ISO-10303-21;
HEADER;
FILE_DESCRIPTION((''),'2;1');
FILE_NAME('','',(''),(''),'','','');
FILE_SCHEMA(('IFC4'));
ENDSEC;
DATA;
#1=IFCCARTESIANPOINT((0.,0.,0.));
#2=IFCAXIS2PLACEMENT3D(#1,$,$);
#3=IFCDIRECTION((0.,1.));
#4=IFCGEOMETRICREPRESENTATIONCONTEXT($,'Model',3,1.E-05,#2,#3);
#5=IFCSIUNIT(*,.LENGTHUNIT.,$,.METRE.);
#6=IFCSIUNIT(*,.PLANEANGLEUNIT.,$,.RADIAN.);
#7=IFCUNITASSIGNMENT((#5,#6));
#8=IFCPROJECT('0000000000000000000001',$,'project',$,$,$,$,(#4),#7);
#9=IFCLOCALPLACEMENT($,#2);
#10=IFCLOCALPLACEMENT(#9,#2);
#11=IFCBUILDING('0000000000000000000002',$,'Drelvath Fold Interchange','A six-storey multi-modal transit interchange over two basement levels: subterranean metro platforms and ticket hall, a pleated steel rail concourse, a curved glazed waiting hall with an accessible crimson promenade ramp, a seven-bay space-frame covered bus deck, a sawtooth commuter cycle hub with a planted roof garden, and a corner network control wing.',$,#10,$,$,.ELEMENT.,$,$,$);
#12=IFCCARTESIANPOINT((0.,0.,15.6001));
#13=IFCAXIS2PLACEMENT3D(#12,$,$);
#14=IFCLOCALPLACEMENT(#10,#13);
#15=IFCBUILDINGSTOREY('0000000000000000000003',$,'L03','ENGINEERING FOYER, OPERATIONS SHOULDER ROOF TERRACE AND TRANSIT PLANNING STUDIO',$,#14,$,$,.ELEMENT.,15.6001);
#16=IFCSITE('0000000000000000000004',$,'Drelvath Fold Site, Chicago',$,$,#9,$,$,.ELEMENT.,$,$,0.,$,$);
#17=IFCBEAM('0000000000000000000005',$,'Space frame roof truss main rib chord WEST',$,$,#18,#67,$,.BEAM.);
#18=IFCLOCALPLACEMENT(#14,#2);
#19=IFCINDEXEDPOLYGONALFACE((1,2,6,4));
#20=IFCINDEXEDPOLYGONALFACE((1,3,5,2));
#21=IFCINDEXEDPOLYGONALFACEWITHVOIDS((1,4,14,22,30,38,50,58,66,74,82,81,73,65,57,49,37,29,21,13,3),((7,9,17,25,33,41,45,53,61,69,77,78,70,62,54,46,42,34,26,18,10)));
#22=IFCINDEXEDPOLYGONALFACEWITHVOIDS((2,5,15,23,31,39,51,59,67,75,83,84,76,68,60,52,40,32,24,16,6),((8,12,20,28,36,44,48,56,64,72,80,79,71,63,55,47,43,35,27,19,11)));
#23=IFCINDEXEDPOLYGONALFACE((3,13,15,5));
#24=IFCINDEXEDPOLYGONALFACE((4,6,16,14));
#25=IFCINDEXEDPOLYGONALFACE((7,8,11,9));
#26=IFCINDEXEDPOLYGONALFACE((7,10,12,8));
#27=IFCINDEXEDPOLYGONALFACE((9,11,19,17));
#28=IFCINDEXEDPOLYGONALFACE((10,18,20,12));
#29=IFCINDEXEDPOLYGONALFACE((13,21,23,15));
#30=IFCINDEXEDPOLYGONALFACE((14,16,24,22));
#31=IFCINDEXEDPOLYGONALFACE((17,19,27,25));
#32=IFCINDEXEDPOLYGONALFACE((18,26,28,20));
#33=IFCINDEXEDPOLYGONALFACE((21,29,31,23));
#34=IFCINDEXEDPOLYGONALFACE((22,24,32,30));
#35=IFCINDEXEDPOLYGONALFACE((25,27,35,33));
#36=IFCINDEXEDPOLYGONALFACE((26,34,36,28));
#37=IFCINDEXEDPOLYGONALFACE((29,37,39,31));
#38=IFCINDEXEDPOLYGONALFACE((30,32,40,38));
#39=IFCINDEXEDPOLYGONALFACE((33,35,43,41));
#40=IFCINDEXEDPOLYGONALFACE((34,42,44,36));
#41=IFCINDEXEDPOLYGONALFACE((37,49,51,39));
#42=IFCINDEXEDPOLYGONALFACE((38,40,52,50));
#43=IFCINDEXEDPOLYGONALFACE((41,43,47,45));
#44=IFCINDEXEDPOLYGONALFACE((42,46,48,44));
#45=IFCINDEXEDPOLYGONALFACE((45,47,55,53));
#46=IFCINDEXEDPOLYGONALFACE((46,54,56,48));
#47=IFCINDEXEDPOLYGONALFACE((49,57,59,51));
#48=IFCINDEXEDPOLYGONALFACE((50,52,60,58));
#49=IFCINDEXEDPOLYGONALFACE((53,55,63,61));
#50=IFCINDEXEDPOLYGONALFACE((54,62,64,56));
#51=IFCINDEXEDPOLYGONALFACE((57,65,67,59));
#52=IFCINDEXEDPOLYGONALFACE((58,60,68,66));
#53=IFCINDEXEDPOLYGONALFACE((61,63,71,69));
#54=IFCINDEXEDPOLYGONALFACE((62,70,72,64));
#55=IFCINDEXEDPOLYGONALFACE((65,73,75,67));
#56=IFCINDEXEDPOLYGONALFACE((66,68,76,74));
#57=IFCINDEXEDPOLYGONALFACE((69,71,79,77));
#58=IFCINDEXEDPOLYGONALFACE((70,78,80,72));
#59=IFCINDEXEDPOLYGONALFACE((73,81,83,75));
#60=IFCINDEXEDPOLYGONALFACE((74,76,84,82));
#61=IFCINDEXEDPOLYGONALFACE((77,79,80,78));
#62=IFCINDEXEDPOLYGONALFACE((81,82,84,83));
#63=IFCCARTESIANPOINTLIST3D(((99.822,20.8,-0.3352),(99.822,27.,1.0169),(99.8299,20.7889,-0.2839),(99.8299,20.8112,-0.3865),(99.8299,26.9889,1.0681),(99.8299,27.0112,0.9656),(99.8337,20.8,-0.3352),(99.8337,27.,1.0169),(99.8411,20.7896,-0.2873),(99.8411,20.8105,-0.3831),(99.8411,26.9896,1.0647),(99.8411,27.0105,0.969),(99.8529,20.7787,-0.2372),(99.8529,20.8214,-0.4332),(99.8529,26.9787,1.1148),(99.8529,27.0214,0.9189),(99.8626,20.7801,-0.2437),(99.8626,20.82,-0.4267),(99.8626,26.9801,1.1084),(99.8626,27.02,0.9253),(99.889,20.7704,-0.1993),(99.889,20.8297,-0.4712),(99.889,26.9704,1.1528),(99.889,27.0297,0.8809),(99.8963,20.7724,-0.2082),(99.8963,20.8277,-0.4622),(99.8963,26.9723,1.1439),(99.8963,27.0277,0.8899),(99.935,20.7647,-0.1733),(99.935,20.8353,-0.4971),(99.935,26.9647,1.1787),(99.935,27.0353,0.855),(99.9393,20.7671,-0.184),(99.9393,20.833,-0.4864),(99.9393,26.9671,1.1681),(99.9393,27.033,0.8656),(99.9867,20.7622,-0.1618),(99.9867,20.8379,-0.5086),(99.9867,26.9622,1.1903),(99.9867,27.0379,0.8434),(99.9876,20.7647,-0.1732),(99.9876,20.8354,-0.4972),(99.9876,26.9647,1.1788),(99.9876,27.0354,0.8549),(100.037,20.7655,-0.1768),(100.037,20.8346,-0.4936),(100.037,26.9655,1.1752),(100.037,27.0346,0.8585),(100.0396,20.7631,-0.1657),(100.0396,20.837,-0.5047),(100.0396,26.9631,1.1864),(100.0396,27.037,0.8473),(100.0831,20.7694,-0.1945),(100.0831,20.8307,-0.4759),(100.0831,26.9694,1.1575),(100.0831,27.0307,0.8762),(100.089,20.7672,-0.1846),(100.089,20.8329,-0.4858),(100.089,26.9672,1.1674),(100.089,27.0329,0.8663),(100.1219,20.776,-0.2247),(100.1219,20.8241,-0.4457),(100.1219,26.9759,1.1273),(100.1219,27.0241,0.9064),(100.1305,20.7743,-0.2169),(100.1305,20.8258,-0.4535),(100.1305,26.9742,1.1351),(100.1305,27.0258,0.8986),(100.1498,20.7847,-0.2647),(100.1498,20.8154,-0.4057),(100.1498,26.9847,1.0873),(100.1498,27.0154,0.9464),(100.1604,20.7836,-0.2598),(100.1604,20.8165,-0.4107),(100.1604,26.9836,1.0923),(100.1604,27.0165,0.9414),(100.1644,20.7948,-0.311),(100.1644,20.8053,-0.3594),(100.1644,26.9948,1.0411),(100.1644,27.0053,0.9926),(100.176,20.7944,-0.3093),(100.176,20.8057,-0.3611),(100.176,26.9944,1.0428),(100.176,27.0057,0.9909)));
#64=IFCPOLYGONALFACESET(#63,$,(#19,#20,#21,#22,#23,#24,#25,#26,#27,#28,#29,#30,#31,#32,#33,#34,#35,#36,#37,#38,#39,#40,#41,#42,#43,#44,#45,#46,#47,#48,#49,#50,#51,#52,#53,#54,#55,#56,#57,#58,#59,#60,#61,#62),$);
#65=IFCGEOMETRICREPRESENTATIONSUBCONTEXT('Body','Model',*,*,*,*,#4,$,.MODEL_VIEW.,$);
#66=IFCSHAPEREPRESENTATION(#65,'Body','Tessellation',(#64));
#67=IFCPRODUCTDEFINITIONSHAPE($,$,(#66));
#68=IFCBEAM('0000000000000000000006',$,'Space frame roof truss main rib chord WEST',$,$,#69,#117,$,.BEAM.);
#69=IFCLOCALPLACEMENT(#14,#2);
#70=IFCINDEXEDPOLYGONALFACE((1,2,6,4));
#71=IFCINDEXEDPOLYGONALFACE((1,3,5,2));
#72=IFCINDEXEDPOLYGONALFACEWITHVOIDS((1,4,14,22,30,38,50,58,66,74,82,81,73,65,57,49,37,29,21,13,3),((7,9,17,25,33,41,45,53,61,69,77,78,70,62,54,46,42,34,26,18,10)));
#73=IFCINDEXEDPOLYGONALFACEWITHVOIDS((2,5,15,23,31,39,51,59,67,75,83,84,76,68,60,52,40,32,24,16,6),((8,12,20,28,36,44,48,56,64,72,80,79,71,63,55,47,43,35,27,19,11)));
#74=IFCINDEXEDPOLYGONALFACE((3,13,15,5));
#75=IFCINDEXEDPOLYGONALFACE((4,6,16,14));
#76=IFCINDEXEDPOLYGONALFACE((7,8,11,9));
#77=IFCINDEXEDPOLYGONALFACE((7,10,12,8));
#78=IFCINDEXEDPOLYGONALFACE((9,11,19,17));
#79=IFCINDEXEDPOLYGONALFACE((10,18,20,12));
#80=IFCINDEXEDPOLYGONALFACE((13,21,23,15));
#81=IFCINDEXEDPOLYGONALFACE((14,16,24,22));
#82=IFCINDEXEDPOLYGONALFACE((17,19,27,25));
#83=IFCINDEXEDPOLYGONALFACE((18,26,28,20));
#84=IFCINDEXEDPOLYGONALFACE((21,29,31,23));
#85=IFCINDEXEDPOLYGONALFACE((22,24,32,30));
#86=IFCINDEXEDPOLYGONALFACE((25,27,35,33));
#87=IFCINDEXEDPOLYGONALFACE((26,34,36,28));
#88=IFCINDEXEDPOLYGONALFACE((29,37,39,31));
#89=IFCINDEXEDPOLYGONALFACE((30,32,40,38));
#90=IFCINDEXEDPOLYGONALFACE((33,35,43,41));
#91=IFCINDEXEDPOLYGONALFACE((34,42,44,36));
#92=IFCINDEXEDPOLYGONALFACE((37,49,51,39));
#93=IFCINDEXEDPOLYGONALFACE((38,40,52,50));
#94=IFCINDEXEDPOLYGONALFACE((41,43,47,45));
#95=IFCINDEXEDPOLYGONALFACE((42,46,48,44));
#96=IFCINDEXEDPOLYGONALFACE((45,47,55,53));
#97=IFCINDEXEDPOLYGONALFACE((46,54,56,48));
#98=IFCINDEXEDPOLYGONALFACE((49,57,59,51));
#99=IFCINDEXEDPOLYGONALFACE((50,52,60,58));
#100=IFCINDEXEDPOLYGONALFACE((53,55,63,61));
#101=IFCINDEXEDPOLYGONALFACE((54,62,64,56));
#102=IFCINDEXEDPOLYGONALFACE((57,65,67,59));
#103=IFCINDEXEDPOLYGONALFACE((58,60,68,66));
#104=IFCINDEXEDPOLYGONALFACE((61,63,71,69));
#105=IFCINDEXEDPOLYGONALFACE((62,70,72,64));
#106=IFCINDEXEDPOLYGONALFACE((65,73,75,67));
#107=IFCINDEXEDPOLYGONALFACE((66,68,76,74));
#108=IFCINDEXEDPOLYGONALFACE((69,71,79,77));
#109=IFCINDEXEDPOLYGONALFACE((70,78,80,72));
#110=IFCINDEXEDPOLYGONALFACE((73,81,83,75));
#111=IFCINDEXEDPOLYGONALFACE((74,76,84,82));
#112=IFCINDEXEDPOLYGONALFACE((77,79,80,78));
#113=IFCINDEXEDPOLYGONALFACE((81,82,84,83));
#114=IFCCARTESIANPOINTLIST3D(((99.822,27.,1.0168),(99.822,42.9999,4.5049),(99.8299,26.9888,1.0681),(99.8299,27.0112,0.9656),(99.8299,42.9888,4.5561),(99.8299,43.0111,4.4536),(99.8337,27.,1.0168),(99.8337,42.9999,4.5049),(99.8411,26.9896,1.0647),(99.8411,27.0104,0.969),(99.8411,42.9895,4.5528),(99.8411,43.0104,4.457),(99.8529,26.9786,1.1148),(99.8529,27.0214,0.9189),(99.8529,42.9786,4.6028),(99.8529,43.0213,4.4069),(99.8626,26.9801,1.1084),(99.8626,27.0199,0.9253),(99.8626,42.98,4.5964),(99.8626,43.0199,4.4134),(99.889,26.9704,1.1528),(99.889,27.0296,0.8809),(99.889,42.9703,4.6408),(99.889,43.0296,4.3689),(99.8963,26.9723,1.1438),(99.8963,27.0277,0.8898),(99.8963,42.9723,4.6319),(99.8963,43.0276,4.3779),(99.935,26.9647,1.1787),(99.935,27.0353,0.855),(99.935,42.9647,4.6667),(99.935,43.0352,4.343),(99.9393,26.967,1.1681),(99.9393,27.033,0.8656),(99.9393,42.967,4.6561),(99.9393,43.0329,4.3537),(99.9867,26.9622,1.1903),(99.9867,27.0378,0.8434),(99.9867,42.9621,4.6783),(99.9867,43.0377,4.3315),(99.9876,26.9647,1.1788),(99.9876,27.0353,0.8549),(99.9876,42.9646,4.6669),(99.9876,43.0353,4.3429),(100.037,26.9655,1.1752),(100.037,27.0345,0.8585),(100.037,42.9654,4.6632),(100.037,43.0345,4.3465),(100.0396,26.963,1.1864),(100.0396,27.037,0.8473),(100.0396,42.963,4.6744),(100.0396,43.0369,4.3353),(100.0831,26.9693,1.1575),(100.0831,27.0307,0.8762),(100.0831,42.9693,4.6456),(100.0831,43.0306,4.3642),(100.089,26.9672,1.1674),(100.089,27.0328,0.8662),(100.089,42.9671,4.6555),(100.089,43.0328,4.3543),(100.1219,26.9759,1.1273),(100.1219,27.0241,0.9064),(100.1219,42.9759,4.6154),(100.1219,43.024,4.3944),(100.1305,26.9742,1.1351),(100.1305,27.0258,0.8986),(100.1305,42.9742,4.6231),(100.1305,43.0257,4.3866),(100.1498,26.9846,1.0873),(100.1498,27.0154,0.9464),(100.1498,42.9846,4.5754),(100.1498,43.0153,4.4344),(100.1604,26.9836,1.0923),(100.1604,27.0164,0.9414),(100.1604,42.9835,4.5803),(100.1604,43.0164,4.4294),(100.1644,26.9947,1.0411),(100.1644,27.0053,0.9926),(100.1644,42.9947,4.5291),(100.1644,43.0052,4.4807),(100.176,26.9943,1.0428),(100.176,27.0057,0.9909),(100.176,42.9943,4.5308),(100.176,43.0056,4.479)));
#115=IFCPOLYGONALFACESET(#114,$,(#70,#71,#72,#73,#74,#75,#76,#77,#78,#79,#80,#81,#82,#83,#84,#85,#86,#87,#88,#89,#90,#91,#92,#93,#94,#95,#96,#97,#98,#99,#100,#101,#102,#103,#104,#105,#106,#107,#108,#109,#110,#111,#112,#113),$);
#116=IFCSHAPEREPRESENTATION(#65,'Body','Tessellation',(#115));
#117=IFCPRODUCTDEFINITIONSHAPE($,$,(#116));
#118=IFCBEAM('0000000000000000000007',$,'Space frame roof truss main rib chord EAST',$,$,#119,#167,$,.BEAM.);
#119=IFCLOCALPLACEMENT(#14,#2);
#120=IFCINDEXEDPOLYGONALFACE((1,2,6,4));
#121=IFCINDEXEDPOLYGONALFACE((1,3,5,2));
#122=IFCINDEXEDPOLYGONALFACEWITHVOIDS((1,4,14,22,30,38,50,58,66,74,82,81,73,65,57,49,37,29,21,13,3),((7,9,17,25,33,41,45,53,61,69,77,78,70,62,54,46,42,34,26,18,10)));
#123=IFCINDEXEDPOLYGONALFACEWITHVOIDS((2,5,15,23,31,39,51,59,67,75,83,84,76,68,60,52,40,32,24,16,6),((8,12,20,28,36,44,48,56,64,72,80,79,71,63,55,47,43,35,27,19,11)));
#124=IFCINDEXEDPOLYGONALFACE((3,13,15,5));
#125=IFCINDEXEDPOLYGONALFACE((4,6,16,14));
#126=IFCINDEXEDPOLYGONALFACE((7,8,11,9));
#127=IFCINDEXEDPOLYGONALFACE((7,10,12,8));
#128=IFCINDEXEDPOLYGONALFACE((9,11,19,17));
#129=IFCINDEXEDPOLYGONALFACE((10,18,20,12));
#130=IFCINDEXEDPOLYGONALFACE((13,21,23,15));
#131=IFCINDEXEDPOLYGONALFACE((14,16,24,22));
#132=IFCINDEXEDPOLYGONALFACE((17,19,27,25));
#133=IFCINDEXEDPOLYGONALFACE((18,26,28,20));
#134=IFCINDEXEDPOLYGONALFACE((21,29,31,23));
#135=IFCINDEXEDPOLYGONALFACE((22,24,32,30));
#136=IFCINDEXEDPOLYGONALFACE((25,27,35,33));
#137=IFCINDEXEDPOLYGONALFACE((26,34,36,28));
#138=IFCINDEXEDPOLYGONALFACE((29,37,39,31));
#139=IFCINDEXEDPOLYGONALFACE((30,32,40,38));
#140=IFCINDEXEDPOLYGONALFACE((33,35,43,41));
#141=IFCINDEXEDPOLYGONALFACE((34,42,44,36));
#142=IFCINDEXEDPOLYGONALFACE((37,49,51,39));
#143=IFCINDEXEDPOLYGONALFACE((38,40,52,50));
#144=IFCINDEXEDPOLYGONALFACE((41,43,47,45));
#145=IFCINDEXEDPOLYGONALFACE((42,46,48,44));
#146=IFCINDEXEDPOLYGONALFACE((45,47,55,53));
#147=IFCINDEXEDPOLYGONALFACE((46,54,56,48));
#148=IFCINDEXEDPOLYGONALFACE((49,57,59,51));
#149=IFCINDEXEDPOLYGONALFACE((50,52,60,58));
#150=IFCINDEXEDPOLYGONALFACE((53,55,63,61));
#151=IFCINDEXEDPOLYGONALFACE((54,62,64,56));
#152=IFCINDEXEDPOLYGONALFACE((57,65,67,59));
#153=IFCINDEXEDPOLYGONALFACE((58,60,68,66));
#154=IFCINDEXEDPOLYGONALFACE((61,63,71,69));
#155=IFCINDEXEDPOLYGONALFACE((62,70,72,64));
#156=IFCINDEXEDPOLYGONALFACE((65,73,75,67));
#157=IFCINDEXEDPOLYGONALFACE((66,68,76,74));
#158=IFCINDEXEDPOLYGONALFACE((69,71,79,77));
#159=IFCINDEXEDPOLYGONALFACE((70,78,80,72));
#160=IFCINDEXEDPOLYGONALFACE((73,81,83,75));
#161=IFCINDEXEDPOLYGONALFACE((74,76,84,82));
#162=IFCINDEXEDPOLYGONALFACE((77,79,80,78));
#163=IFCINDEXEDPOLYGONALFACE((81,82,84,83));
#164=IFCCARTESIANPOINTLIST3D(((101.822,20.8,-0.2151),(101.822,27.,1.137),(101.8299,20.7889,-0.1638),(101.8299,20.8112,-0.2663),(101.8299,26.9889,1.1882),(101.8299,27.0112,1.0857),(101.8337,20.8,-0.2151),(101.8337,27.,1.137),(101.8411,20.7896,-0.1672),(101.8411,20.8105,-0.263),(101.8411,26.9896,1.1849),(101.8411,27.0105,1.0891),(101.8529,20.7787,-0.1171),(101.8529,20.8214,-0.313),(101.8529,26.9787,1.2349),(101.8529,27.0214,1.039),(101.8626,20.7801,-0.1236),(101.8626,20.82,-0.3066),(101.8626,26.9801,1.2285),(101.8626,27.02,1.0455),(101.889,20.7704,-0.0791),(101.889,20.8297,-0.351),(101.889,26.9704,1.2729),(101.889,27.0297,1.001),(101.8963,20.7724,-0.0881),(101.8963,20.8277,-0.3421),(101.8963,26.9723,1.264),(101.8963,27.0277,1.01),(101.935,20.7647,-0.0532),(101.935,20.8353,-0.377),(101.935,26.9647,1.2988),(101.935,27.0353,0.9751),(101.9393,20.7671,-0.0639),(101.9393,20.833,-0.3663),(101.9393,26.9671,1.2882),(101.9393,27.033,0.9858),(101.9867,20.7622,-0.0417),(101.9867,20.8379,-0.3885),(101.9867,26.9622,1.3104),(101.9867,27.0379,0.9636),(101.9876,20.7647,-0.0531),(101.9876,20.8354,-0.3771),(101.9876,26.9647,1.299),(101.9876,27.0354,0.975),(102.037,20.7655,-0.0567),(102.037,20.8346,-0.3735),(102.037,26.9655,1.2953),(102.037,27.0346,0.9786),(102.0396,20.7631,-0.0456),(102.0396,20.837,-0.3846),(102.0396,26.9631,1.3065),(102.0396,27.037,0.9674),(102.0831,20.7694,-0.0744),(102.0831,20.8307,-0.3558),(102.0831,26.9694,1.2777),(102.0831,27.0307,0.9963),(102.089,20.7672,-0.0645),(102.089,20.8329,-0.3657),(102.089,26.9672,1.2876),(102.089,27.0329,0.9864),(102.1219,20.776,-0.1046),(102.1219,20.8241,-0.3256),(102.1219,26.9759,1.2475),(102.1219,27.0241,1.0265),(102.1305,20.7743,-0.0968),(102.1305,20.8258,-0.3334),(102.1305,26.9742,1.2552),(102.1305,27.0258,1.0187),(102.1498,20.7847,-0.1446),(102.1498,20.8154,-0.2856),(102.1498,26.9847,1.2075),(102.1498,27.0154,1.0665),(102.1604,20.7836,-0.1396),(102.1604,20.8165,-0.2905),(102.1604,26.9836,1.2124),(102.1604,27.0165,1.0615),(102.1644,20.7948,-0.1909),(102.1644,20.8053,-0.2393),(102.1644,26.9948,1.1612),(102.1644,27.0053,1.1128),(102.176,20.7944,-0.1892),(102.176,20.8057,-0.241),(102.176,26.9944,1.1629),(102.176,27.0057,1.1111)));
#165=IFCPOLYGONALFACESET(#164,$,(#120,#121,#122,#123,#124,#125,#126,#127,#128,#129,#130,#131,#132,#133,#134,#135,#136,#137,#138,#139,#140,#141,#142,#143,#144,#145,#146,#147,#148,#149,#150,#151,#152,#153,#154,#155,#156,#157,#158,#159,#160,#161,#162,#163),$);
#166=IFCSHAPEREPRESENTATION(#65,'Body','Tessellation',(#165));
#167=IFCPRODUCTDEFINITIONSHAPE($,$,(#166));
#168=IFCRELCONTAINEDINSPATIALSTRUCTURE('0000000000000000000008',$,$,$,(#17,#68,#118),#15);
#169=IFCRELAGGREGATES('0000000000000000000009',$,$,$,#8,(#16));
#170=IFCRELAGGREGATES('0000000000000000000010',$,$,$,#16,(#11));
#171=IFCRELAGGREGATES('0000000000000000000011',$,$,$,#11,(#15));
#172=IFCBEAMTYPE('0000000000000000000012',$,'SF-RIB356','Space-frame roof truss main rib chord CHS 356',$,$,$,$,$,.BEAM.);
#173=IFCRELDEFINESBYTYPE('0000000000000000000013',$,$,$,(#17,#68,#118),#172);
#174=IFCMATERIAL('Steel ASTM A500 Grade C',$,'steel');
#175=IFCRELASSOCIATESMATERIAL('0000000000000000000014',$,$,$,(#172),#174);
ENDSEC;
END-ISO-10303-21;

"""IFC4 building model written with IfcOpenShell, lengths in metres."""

from ifc_helpers import new_model, si_unit, direction, frame, origin, origin_2d, place, context, subcontext, project, spatial, hollow_circle, extrude, material, material_profile, profile_set, type_object, element, save


model = new_model("IFC4")

# Units and contexts
model_context = context("Model", 3, precision=1e-05, world=origin(), true_north=direction((0.0, 1.0)))
body_context = subcontext(model_context, "Body", "Model", "MODEL_VIEW")
ifc_project = project(units=[si_unit("LENGTHUNIT", "METRE"), si_unit("PLANEANGLEUNIT", "RADIAN")], contexts=[model_context])

# Site, building, storey
site_placement = place(None, origin())
site = spatial("IfcSite", under=ifc_project, at=site_placement, Name="Drelvath Fold Site, Chicago", CompositionType="ELEMENT", RefElevation=0.0)
building_placement = place(site_placement, origin())
building = spatial("IfcBuilding", under=site, at=building_placement, Name="Drelvath Fold Interchange", Description="A six-storey multi-modal transit interchange over two basement levels: subterranean metro platforms and ticket hall, a pleated steel rail concourse, a curved glazed waiting hall with an accessible crimson promenade ramp, a seven-bay space-frame covered bus deck, a sawtooth commuter cycle hub with a planted roof garden, and a corner network control wing.", CompositionType="ELEMENT")
storey_placement = place(building_placement, frame((0.0, 0.0, 15.6001)))
storey = spatial("IfcBuildingStorey", under=building, at=storey_placement, Name="L03", Description="ENGINEERING FOYER, OPERATIONS SHOULDER ROOF TERRACE AND TRANSIT PLANNING STUDIO", CompositionType="ELEMENT", Elevation=15.6001)

# Shared definitions
ifc_material_1 = material(Name="Steel ASTM A500 Grade C", Category="steel")

# Beams
ifc_material_profile_1 = material_profile(ifc_material_1, hollow_circle(Radius=0.178, WallThickness=0.0117, at=origin_2d()), Name="HSS14.000X0.500")
ifc_profile_set_1 = profile_set([ifc_material_profile_1], Name="Steel ASTM A500 Grade C")
beam_type_1 = type_object("IfcBeamType", Name="SF-RIB356", Description="Space-frame roof truss main rib chord CHS 356", PredefinedType="BEAM", material=ifc_profile_set_1)
beam_1_placement = place(storey_placement, frame((100.0, 20.8, -0.3352), z_axis=(0.0, 0.977038, 0.213067), x_axis=(-1.0, 0.0, 0.0)))
element("IfcBeam", 1, at=beam_1_placement, inside=storey, type_object=beam_type_1, Name="Space frame roof truss main rib chord WEST", PredefinedType="BEAM", context=body_context, shape_type="SweptSolid", body=[
    extrude(hollow_circle(Radius=0.178, WallThickness=0.0117, at=origin_2d()), origin(), (0.0, 0.0, 1.0), 6.3457),
])
beam_2_placement = place(storey_placement, frame((100.0, 27.0, 1.0168), z_axis=(0.0, 0.977052, 0.213), x_axis=(-1.0, 0.0, 0.0)))
element("IfcBeam", 2, at=beam_2_placement, inside=storey, type_object=beam_type_1, Name="Space frame roof truss main rib chord WEST", PredefinedType="BEAM", context=body_context, shape_type="SweptSolid", body=[
    extrude(hollow_circle(Radius=0.178, WallThickness=0.0117, at=origin_2d()), origin(), (0.0, 0.0, 1.0), 16.3757),
])
beam_3_placement = place(storey_placement, frame((102.0, 20.8, -0.2151), z_axis=(0.0, 0.977038, 0.213067), x_axis=(-1.0, 0.0, 0.0)))
element("IfcBeam", 3, at=beam_3_placement, inside=storey, type_object=beam_type_1, Name="Space frame roof truss main rib chord EAST", PredefinedType="BEAM", context=body_context, shape_type="SweptSolid", body=[
    extrude(hollow_circle(Radius=0.178, WallThickness=0.0117, at=origin_2d()), origin(), (0.0, 0.0, 1.0), 6.3457),
])

save(model, "model.ifc")
